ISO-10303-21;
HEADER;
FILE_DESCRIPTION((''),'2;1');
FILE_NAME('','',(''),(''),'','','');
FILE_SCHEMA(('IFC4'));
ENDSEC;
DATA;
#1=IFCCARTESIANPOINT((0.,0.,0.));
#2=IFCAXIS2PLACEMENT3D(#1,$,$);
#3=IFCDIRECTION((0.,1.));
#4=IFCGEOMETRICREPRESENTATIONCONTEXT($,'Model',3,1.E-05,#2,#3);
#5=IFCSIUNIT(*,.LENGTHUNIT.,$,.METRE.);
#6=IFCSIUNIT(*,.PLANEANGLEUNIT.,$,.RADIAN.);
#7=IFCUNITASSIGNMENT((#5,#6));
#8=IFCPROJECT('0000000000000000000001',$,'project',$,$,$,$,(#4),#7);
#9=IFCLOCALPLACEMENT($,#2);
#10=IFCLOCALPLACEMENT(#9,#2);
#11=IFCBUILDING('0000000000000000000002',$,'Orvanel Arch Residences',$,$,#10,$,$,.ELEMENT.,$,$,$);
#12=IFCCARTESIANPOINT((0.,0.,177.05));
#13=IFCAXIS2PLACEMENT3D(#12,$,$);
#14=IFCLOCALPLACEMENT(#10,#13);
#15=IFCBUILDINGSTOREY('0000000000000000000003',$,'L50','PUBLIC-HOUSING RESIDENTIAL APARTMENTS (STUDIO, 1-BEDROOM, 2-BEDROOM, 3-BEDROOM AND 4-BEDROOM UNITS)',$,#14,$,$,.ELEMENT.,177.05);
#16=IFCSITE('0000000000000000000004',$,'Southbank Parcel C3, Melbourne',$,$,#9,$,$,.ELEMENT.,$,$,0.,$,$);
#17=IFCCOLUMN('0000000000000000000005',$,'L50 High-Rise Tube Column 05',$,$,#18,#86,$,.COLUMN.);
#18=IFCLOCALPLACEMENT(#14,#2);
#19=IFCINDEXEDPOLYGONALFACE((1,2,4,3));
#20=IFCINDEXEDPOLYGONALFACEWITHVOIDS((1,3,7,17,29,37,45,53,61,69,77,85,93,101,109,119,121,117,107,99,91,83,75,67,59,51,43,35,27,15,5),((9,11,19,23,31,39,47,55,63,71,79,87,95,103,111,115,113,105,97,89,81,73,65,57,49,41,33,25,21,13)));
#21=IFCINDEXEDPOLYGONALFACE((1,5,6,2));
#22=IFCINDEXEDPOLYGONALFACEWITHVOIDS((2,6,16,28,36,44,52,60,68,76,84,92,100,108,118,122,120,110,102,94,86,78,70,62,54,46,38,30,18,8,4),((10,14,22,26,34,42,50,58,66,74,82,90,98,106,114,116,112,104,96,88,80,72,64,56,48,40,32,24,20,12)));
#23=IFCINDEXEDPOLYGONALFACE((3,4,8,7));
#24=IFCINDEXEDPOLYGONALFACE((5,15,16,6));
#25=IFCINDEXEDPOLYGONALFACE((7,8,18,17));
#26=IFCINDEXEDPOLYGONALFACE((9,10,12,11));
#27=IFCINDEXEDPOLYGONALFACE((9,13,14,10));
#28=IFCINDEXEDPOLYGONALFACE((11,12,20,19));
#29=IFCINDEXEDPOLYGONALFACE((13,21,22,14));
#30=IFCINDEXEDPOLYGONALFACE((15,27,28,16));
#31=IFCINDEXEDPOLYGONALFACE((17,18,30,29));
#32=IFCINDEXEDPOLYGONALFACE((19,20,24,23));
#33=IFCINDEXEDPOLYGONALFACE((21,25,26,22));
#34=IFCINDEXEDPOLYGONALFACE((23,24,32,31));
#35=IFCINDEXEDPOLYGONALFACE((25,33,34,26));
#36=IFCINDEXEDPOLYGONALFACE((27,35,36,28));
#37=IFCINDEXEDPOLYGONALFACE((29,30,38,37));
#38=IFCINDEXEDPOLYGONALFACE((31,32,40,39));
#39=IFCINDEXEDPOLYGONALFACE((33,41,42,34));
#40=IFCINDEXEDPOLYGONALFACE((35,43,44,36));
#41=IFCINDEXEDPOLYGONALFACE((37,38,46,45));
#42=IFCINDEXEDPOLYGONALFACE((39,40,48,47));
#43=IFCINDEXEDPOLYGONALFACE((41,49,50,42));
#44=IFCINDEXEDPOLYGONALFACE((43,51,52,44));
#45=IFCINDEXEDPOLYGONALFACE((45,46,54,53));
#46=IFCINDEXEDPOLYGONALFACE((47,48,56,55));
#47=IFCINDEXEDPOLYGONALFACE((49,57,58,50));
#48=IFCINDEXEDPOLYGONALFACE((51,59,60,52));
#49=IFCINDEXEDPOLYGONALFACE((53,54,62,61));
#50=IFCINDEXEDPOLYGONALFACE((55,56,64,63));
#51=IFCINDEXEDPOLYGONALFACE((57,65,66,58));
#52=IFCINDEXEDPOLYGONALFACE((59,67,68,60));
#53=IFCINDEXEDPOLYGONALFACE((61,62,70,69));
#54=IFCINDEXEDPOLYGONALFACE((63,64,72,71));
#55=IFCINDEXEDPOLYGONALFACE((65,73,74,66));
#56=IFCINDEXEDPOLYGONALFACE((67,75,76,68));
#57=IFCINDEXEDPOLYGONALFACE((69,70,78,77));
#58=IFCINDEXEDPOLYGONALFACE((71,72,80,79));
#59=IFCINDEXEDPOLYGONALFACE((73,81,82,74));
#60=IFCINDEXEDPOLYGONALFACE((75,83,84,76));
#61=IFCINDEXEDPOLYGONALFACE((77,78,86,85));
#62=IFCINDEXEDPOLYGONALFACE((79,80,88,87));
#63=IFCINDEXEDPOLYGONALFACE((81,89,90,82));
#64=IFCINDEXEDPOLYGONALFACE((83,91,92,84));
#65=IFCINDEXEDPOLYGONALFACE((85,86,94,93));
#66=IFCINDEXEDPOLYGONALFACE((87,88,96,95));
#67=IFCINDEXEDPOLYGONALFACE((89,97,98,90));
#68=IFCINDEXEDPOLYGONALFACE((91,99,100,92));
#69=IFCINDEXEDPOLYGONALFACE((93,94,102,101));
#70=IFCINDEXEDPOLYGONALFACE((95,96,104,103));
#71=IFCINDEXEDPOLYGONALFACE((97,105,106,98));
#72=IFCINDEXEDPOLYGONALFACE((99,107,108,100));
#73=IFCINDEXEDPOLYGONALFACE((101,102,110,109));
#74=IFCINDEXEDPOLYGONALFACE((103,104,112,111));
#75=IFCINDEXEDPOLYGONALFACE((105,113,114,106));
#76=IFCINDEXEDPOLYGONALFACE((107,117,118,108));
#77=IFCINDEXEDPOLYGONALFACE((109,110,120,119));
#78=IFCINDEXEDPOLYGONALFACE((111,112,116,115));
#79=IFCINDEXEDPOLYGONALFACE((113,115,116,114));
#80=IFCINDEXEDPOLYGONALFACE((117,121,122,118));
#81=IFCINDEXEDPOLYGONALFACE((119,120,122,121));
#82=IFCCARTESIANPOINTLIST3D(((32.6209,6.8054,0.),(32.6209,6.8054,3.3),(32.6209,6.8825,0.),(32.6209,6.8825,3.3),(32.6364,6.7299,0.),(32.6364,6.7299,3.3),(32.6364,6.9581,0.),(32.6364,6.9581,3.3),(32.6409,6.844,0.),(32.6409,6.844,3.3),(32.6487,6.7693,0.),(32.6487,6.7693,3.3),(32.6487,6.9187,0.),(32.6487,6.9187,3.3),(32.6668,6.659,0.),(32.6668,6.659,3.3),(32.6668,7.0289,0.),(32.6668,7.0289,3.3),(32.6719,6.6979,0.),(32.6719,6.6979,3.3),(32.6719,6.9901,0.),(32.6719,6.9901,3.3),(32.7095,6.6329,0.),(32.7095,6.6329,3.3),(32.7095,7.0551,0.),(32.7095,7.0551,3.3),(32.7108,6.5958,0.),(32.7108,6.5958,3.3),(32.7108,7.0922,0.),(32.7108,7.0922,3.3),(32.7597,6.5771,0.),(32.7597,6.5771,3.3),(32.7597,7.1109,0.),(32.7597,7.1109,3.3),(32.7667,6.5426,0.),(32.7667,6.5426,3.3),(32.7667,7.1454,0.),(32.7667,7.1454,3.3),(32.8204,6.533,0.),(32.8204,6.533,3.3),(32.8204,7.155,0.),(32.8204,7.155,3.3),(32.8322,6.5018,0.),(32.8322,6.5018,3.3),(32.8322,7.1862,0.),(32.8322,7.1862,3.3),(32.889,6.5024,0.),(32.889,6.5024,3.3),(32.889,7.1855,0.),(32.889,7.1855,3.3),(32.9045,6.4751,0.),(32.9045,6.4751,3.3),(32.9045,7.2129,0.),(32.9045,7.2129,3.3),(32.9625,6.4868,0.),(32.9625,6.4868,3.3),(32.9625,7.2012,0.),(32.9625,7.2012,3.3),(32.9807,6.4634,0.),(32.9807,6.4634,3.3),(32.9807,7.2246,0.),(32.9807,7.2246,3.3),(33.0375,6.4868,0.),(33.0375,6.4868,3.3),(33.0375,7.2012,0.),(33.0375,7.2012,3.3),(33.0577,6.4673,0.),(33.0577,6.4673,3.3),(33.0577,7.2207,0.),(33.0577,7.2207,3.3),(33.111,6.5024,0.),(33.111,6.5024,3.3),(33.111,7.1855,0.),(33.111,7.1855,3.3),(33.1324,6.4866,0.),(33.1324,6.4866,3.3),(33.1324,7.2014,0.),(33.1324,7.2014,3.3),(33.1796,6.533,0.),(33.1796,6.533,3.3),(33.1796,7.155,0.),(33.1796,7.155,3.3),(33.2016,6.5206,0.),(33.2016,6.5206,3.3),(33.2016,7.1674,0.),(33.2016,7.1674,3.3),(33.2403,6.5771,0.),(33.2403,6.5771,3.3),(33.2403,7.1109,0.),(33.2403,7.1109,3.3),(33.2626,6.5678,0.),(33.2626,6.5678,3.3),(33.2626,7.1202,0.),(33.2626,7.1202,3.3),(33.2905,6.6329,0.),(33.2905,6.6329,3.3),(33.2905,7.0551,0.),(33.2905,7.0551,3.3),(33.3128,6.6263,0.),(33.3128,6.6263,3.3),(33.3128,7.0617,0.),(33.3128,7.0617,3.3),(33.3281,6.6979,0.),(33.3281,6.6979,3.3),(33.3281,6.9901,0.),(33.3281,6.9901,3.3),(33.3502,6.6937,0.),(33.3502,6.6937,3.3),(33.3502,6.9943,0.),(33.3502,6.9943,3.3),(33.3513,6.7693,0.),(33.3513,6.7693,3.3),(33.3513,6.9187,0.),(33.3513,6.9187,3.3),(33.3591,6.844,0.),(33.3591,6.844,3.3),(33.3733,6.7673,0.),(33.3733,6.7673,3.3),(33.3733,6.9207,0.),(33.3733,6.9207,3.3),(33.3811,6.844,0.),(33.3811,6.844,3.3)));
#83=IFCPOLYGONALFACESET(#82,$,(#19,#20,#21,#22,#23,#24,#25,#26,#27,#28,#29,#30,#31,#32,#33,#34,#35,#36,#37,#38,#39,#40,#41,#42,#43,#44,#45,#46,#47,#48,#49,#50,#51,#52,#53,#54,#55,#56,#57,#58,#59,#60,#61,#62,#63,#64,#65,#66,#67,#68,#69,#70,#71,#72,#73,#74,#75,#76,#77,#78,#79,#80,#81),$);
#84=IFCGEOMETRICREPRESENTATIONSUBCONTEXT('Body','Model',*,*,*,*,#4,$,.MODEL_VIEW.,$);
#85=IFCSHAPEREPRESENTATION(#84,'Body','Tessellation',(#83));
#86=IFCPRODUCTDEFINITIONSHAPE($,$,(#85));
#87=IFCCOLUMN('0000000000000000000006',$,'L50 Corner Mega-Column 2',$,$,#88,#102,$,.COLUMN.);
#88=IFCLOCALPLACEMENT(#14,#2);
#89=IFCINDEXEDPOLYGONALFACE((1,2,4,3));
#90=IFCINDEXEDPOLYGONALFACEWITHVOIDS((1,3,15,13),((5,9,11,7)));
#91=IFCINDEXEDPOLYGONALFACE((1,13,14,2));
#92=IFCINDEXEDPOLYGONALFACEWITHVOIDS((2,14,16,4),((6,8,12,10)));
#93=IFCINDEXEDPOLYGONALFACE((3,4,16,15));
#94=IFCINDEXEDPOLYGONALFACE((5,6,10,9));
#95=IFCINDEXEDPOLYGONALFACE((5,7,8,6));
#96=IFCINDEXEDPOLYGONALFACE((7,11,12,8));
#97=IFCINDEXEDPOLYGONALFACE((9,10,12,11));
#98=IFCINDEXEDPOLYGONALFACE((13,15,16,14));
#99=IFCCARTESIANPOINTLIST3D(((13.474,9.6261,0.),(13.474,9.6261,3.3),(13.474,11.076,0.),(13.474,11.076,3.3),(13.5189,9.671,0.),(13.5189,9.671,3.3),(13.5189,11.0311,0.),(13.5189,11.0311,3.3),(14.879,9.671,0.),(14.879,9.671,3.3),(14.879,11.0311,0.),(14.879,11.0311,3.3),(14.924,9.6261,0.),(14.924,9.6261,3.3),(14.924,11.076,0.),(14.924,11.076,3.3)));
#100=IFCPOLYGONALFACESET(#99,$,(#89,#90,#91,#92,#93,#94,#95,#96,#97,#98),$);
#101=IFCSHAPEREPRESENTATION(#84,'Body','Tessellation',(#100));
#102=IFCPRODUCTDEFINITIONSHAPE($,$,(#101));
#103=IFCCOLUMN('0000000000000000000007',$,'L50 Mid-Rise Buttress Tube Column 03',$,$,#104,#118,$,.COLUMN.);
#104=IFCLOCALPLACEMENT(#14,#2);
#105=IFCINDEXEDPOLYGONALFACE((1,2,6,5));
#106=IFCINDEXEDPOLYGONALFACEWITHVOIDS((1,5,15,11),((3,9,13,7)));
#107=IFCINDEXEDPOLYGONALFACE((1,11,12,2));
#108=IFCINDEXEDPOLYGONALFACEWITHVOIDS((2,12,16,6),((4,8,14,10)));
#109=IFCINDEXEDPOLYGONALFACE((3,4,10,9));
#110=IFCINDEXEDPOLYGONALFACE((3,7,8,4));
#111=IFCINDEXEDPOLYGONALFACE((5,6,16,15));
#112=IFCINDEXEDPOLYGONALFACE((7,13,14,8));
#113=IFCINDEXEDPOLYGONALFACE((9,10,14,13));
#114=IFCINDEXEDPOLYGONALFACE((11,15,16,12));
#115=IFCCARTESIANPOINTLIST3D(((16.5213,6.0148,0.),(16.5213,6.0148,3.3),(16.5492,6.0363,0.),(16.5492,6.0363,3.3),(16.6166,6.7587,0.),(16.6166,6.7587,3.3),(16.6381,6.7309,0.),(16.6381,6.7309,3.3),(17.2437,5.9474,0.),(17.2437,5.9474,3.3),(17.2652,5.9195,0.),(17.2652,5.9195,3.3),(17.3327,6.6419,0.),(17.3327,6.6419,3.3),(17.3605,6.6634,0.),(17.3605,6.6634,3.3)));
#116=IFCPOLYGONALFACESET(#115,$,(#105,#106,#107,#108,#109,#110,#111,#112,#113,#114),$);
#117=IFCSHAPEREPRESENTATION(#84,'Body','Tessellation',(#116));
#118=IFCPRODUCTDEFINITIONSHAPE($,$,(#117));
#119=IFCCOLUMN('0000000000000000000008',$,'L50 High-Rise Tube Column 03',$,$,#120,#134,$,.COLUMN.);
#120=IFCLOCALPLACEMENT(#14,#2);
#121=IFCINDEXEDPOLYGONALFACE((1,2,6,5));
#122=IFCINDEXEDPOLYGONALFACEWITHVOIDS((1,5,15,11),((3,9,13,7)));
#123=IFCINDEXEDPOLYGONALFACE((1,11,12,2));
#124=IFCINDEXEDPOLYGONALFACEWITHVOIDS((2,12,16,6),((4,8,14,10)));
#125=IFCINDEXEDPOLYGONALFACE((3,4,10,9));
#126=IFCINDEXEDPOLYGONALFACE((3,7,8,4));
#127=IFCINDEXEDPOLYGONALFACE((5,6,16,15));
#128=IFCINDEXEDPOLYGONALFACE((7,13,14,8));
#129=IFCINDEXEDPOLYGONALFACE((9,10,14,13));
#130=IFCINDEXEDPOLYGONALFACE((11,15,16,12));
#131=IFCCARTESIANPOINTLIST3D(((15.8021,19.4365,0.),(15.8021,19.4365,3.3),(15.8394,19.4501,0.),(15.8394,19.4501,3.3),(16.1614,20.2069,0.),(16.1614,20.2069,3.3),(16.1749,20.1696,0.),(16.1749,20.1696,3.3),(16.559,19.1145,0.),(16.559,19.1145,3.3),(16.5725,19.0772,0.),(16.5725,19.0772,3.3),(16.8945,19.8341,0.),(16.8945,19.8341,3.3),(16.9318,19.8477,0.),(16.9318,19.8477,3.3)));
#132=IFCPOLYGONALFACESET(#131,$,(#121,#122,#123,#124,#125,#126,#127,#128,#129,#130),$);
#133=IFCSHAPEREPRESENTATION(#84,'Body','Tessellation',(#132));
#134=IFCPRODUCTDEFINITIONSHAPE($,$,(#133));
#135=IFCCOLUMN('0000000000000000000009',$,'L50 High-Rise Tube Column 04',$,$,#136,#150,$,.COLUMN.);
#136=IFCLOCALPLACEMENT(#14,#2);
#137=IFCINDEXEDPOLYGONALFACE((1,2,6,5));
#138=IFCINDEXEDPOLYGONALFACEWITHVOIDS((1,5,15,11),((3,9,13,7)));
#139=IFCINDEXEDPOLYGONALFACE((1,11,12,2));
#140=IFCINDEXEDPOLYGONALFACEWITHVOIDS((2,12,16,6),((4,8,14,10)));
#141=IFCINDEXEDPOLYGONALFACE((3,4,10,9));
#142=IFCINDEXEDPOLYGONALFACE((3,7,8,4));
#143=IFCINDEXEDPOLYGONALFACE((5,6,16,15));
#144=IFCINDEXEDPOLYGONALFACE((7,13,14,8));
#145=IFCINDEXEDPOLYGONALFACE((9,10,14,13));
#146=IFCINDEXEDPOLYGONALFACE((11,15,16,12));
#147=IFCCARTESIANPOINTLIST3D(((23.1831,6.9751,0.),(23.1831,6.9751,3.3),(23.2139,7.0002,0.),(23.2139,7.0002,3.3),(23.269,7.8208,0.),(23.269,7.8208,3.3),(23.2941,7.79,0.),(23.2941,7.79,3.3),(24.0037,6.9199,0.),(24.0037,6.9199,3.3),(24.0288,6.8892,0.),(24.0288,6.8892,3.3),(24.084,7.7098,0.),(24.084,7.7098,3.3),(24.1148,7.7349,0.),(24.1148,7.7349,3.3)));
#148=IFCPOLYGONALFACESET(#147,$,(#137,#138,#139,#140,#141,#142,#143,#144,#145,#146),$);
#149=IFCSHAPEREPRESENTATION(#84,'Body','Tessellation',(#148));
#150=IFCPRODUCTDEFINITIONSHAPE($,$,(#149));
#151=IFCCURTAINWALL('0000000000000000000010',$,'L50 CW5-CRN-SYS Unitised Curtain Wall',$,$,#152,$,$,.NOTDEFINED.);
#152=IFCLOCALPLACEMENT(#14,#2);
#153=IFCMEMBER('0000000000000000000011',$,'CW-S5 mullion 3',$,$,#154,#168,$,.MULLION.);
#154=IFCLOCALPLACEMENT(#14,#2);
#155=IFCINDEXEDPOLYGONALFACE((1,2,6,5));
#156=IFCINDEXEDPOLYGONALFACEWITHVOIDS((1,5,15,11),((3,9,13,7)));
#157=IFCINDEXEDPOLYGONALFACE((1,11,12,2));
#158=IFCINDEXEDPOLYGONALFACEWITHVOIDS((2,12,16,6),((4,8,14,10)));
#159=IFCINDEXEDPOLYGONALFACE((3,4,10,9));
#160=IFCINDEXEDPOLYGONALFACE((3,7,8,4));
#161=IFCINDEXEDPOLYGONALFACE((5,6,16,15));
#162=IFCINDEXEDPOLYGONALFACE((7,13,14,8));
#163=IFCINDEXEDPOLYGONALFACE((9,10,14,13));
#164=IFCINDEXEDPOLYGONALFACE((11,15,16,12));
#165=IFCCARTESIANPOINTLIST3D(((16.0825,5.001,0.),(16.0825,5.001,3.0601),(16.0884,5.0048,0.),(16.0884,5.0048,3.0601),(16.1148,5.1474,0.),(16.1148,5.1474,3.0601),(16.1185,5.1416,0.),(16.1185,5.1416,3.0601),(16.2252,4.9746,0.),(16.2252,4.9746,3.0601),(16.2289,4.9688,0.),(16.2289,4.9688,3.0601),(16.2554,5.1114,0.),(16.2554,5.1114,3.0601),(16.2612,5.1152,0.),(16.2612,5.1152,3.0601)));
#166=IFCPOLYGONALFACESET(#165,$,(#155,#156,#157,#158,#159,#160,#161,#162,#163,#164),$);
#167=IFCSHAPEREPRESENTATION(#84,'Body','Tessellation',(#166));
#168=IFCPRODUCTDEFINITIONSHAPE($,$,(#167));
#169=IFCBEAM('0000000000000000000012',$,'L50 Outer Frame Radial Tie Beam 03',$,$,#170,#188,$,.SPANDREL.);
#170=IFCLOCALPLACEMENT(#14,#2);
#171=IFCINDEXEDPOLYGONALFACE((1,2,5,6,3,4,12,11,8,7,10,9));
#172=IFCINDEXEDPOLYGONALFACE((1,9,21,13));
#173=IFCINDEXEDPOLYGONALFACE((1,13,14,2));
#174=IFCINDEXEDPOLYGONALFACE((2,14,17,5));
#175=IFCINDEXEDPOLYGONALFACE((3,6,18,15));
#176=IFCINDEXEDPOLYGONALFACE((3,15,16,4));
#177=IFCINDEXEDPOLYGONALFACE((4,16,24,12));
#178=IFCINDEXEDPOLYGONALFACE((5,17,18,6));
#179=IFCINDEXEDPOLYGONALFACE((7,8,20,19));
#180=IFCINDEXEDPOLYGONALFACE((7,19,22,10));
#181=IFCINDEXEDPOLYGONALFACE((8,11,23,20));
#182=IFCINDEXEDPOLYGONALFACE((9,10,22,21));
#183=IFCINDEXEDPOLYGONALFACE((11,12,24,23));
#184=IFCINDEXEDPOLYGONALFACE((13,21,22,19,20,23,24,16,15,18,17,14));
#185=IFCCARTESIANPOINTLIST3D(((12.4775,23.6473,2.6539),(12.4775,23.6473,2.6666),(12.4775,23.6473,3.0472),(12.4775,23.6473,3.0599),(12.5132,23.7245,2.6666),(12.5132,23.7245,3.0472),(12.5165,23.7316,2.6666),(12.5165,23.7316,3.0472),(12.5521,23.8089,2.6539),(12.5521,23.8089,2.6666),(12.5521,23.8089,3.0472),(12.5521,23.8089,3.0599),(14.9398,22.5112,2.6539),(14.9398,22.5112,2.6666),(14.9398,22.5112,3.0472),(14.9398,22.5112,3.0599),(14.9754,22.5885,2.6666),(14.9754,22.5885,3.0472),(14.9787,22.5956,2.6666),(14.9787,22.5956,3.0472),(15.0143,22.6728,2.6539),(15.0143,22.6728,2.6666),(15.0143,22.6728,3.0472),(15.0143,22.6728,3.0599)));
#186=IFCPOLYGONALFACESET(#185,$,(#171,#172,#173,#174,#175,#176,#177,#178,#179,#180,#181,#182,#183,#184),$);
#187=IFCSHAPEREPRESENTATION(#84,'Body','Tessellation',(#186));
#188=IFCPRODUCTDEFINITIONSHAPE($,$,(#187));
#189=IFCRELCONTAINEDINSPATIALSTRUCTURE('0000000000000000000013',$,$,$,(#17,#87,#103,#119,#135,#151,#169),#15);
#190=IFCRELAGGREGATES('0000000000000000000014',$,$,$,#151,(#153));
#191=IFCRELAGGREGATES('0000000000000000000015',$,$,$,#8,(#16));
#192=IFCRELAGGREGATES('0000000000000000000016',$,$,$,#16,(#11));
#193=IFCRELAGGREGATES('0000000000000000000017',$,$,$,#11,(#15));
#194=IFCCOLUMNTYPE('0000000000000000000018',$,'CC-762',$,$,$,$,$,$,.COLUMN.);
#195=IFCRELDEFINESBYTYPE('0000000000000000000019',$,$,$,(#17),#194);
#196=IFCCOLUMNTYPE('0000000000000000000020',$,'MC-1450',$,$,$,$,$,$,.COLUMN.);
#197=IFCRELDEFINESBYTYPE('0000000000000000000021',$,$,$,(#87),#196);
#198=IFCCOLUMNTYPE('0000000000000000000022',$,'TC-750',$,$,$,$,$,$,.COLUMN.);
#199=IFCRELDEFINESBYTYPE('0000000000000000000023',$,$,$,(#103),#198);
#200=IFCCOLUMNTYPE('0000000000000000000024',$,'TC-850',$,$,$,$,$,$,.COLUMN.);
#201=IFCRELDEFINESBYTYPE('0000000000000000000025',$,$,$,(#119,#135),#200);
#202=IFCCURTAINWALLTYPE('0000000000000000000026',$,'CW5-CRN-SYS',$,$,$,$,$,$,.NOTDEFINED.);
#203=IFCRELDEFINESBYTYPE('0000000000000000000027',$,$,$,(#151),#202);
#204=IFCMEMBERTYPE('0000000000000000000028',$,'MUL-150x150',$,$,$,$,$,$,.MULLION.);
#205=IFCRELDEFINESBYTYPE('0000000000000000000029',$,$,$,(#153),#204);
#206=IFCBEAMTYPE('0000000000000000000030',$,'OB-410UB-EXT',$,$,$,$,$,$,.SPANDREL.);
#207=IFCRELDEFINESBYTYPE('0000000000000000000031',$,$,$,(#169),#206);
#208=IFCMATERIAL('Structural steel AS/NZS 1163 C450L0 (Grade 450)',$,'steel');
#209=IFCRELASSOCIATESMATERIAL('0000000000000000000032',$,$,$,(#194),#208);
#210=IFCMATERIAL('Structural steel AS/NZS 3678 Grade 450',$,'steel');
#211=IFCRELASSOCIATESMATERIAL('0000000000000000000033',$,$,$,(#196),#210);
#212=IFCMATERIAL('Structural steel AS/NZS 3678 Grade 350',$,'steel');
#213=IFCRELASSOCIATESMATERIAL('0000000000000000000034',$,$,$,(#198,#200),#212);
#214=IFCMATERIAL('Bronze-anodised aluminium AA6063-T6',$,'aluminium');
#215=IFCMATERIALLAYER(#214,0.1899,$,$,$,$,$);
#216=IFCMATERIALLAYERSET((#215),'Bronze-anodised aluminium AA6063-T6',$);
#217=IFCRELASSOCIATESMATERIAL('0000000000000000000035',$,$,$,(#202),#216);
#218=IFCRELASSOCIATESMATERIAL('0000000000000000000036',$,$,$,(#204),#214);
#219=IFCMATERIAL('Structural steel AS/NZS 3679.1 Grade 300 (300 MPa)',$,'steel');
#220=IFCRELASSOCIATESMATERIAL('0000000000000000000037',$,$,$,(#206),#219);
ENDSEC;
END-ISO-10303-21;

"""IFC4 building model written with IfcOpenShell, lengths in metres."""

from ifc_helpers import new_model, si_unit, direction, frame, origin, origin_2d, place, context, subcontext, project, spatial, hollow_rectangle, hollow_circle, i_section, extrude, material, layer, layer_set, material_profile, profile_set, type_object, element, aggregate, save


model = new_model("IFC4")

# Units and contexts
model_context = context("Model", 3, precision=1e-05, world=origin(), true_north=direction((0.0, 1.0)))
body_context = subcontext(model_context, "Body", "Model", "MODEL_VIEW")
ifc_project = project(units=[si_unit("LENGTHUNIT", "METRE"), si_unit("PLANEANGLEUNIT", "RADIAN")], contexts=[model_context])

# Site, building, storey
site_placement = place(None, origin())
site = spatial("IfcSite", under=ifc_project, at=site_placement, Name="Southbank Parcel C3, Melbourne", CompositionType="ELEMENT", RefElevation=0.0)
building_placement = place(site_placement, origin())
building = spatial("IfcBuilding", under=site, at=building_placement, Name="Orvanel Arch Residences", CompositionType="ELEMENT")
storey_placement = place(building_placement, frame((0.0, 0.0, 177.05)))
storey = spatial("IfcBuildingStorey", under=building, at=storey_placement, Name="L50", Description="PUBLIC-HOUSING RESIDENTIAL APARTMENTS (STUDIO, 1-BEDROOM, 2-BEDROOM, 3-BEDROOM AND 4-BEDROOM UNITS)", CompositionType="ELEMENT", Elevation=177.05)

# Columns
ifc_material_1 = material(Name="Structural steel AS/NZS 1163 C450L0 (Grade 450)", Category="steel")
ifc_material_profile_1 = material_profile(ifc_material_1, hollow_circle(Radius=0.3811, WallThickness=0.022, at=origin_2d()), Name="CHS762x22")
ifc_profile_set_1 = profile_set([ifc_material_profile_1], Name="Structural steel AS/NZS 1163 C450L0 (Grade 450)")
column_type_1 = type_object("IfcColumnType", Name="CC-762", PredefinedType="COLUMN", material=ifc_profile_set_1)
column_1_placement = place(storey_placement, frame((33.0, 6.844, 0.0), z_axis=(0.0, 0.0, 1.0), x_axis=(1.0, 0.0, 0.0)))
element("IfcColumn", 1, at=column_1_placement, inside=storey, type_object=column_type_1, Name="L50 High-Rise Tube Column 05", PredefinedType="COLUMN", context=body_context, shape_type="SweptSolid", body=[
    extrude(hollow_circle(Radius=0.3811, WallThickness=0.022, at=origin_2d()), origin(), (0.0, 0.0, 1.0), 3.3),
])
ifc_material_2 = material(Name="Structural steel AS/NZS 3678 Grade 450", Category="steel")
ifc_material_profile_2 = material_profile(ifc_material_2, hollow_rectangle(XDim=1.45, YDim=1.45, WallThickness=0.0449, at=origin_2d()), Name="BOX1450x1450x45")
ifc_profile_set_2 = profile_set([ifc_material_profile_2], Name="Structural steel AS/NZS 3678 Grade 450")
column_type_2 = type_object("IfcColumnType", Name="MC-1450", PredefinedType="COLUMN", material=ifc_profile_set_2)
column_2_placement = place(storey_placement, frame((14.199, 10.3511, 0.0), z_axis=(0.0, 0.0, 1.0), x_axis=(1.0, 0.0, 0.0)))
element("IfcColumn", 2, at=column_2_placement, inside=storey, type_object=column_type_2, Name="L50 Corner Mega-Column 2", PredefinedType="COLUMN", context=body_context, shape_type="SweptSolid", body=[
    extrude(hollow_rectangle(XDim=1.45, YDim=1.45, WallThickness=0.0449, at=origin_2d()), origin(), (0.0, 0.0, 1.0), 3.3),
])
ifc_material_3 = material(Name="Structural steel AS/NZS 3678 Grade 350", Category="steel")
ifc_material_profile_3 = material_profile(ifc_material_3, hollow_rectangle(XDim=0.75, YDim=0.75, WallThickness=0.0249, at=origin_2d()), Name="BOX750x750x25")
ifc_profile_set_3 = profile_set([ifc_material_profile_3], Name="Structural steel AS/NZS 3678 Grade 350")
column_type_3 = type_object("IfcColumnType", Name="TC-750", PredefinedType="COLUMN", material=ifc_profile_set_3)
column_3_placement = place(storey_placement, frame((16.9409, 6.3391, 0.0), z_axis=(0.0, 0.0, 1.0), x_axis=(-0.991894, 0.127065, 0.0)))
element("IfcColumn", 3, at=column_3_placement, inside=storey, type_object=column_type_3, Name="L50 Mid-Rise Buttress Tube Column 03", PredefinedType="COLUMN", context=body_context, shape_type="SweptSolid", body=[
    extrude(hollow_rectangle(XDim=0.75, YDim=0.75, WallThickness=0.0249, at=origin_2d()), origin(), (0.0, 0.0, 1.0), 3.3),
])
ifc_material_profile_4 = material_profile(ifc_material_3, hollow_rectangle(XDim=0.8501, YDim=0.8501, WallThickness=0.0281, at=origin_2d()), Name="BOX850x850x28")
ifc_profile_set_4 = profile_set([ifc_material_profile_4], Name="Structural steel AS/NZS 3678 Grade 350")
column_type_4 = type_object("IfcColumnType", Name="TC-850", PredefinedType="COLUMN", material=ifc_profile_set_4)
for number, where, z_axis, x_axis, name in (
    (4, (16.3669, 19.6421, 0.0), (0.0, 0.0, 1.0), (0.422618, 0.906308, 0.0), "L50 High-Rise Tube Column 03"),
    (5, (23.6489, 7.355, 0.0), (0.0, 0.0, 1.0), (-0.994881, 0.101056, 0.0), "L50 High-Rise Tube Column 04"),
):
    element("IfcColumn", number, at=place(storey_placement, frame(where, z_axis=z_axis, x_axis=x_axis)), inside=storey, type_object=column_type_4, Name=name, PredefinedType="COLUMN", context=body_context, shape_type="SweptSolid", body=[
        extrude(hollow_rectangle(XDim=0.8501, YDim=0.8501, WallThickness=0.0281, at=origin_2d()), origin(), (0.0, 0.0, 1.0), 3.3),
    ])

# Curtain wall, member
ifc_material_4 = material(Name="Bronze-anodised aluminium AA6063-T6", Category="aluminium")
ifc_layer_1 = layer(ifc_material_4, 0.1899)
ifc_layer_set_1 = layer_set([ifc_layer_1], Name="Bronze-anodised aluminium AA6063-T6")
curtain_wall_type = type_object("IfcCurtainWallType", Name="CW5-CRN-SYS", PredefinedType="NOTDEFINED", material=ifc_layer_set_1)
curtain_wall_placement = place(storey_placement, origin())
curtain_wall = element("IfcCurtainWall", 6, at=curtain_wall_placement, inside=storey, type_object=curtain_wall_type, Name="L50 CW5-CRN-SYS Unitised Curtain Wall", PredefinedType="NOTDEFINED")
ifc_material_profile_5 = material_profile(ifc_material_4, hollow_rectangle(XDim=0.1499, YDim=0.1499, WallThickness=0.0049, at=origin_2d()), Name="ALU150x150x5")
ifc_profile_set_5 = profile_set([ifc_material_profile_5], Name="Bronze-anodised aluminium AA6063-T6")
member_type = type_object("IfcMemberType", Name="MUL-150x150", PredefinedType="MULLION", material=ifc_profile_set_5)
member_placement = place(storey_placement, frame((16.1719, 5.0581, 0.0), z_axis=(0.0, 0.0, 1.0), x_axis=(0.215286, 0.976551, 0.0)))
member = element("IfcMember", 7, at=member_placement, type_object=member_type, Name="CW-S5 mullion 3", PredefinedType="MULLION", context=body_context, shape_type="SweptSolid", body=[
    extrude(hollow_rectangle(XDim=0.1499, YDim=0.1499, WallThickness=0.0049, at=origin_2d()), origin(), (0.0, 0.0, 1.0), 3.0601),
])

# Beam
ifc_material_5 = material(Name="Structural steel AS/NZS 3679.1 Grade 300 (300 MPa)", Category="steel")
ifc_material_profile_6 = material_profile(ifc_material_5, i_section(OverallWidth=0.178, OverallDepth=0.406, WebThickness=0.0078, FlangeThickness=0.0127, at=origin_2d()), Name="410UB59.7")
ifc_profile_set_6 = profile_set([ifc_material_profile_6], Name="Structural steel AS/NZS 3679.1 Grade 300 (300 MPa)")
beam_type_1 = type_object("IfcBeamType", Name="OB-410UB-EXT", PredefinedType="SPANDREL", material=ifc_profile_set_6)
beam_1_placement = place(storey_placement, frame((14.9771, 22.592, 2.8569), z_axis=(-0.908015, 0.418938, 0.0), x_axis=(-0.418938, -0.908015, 0.0)))
element("IfcBeam", 8, at=beam_1_placement, inside=storey, type_object=beam_type_1, Name="L50 Outer Frame Radial Tie Beam 03", PredefinedType="SPANDREL", context=body_context, shape_type="SweptSolid", body=[
    extrude(i_section(OverallWidth=0.178, OverallDepth=0.406, WebThickness=0.0078, FlangeThickness=0.0127, at=origin_2d()), origin(), (0.0, 0.0, 1.0), 2.7117),
])

aggregate(curtain_wall, [member])

save(model, "model.ifc")
